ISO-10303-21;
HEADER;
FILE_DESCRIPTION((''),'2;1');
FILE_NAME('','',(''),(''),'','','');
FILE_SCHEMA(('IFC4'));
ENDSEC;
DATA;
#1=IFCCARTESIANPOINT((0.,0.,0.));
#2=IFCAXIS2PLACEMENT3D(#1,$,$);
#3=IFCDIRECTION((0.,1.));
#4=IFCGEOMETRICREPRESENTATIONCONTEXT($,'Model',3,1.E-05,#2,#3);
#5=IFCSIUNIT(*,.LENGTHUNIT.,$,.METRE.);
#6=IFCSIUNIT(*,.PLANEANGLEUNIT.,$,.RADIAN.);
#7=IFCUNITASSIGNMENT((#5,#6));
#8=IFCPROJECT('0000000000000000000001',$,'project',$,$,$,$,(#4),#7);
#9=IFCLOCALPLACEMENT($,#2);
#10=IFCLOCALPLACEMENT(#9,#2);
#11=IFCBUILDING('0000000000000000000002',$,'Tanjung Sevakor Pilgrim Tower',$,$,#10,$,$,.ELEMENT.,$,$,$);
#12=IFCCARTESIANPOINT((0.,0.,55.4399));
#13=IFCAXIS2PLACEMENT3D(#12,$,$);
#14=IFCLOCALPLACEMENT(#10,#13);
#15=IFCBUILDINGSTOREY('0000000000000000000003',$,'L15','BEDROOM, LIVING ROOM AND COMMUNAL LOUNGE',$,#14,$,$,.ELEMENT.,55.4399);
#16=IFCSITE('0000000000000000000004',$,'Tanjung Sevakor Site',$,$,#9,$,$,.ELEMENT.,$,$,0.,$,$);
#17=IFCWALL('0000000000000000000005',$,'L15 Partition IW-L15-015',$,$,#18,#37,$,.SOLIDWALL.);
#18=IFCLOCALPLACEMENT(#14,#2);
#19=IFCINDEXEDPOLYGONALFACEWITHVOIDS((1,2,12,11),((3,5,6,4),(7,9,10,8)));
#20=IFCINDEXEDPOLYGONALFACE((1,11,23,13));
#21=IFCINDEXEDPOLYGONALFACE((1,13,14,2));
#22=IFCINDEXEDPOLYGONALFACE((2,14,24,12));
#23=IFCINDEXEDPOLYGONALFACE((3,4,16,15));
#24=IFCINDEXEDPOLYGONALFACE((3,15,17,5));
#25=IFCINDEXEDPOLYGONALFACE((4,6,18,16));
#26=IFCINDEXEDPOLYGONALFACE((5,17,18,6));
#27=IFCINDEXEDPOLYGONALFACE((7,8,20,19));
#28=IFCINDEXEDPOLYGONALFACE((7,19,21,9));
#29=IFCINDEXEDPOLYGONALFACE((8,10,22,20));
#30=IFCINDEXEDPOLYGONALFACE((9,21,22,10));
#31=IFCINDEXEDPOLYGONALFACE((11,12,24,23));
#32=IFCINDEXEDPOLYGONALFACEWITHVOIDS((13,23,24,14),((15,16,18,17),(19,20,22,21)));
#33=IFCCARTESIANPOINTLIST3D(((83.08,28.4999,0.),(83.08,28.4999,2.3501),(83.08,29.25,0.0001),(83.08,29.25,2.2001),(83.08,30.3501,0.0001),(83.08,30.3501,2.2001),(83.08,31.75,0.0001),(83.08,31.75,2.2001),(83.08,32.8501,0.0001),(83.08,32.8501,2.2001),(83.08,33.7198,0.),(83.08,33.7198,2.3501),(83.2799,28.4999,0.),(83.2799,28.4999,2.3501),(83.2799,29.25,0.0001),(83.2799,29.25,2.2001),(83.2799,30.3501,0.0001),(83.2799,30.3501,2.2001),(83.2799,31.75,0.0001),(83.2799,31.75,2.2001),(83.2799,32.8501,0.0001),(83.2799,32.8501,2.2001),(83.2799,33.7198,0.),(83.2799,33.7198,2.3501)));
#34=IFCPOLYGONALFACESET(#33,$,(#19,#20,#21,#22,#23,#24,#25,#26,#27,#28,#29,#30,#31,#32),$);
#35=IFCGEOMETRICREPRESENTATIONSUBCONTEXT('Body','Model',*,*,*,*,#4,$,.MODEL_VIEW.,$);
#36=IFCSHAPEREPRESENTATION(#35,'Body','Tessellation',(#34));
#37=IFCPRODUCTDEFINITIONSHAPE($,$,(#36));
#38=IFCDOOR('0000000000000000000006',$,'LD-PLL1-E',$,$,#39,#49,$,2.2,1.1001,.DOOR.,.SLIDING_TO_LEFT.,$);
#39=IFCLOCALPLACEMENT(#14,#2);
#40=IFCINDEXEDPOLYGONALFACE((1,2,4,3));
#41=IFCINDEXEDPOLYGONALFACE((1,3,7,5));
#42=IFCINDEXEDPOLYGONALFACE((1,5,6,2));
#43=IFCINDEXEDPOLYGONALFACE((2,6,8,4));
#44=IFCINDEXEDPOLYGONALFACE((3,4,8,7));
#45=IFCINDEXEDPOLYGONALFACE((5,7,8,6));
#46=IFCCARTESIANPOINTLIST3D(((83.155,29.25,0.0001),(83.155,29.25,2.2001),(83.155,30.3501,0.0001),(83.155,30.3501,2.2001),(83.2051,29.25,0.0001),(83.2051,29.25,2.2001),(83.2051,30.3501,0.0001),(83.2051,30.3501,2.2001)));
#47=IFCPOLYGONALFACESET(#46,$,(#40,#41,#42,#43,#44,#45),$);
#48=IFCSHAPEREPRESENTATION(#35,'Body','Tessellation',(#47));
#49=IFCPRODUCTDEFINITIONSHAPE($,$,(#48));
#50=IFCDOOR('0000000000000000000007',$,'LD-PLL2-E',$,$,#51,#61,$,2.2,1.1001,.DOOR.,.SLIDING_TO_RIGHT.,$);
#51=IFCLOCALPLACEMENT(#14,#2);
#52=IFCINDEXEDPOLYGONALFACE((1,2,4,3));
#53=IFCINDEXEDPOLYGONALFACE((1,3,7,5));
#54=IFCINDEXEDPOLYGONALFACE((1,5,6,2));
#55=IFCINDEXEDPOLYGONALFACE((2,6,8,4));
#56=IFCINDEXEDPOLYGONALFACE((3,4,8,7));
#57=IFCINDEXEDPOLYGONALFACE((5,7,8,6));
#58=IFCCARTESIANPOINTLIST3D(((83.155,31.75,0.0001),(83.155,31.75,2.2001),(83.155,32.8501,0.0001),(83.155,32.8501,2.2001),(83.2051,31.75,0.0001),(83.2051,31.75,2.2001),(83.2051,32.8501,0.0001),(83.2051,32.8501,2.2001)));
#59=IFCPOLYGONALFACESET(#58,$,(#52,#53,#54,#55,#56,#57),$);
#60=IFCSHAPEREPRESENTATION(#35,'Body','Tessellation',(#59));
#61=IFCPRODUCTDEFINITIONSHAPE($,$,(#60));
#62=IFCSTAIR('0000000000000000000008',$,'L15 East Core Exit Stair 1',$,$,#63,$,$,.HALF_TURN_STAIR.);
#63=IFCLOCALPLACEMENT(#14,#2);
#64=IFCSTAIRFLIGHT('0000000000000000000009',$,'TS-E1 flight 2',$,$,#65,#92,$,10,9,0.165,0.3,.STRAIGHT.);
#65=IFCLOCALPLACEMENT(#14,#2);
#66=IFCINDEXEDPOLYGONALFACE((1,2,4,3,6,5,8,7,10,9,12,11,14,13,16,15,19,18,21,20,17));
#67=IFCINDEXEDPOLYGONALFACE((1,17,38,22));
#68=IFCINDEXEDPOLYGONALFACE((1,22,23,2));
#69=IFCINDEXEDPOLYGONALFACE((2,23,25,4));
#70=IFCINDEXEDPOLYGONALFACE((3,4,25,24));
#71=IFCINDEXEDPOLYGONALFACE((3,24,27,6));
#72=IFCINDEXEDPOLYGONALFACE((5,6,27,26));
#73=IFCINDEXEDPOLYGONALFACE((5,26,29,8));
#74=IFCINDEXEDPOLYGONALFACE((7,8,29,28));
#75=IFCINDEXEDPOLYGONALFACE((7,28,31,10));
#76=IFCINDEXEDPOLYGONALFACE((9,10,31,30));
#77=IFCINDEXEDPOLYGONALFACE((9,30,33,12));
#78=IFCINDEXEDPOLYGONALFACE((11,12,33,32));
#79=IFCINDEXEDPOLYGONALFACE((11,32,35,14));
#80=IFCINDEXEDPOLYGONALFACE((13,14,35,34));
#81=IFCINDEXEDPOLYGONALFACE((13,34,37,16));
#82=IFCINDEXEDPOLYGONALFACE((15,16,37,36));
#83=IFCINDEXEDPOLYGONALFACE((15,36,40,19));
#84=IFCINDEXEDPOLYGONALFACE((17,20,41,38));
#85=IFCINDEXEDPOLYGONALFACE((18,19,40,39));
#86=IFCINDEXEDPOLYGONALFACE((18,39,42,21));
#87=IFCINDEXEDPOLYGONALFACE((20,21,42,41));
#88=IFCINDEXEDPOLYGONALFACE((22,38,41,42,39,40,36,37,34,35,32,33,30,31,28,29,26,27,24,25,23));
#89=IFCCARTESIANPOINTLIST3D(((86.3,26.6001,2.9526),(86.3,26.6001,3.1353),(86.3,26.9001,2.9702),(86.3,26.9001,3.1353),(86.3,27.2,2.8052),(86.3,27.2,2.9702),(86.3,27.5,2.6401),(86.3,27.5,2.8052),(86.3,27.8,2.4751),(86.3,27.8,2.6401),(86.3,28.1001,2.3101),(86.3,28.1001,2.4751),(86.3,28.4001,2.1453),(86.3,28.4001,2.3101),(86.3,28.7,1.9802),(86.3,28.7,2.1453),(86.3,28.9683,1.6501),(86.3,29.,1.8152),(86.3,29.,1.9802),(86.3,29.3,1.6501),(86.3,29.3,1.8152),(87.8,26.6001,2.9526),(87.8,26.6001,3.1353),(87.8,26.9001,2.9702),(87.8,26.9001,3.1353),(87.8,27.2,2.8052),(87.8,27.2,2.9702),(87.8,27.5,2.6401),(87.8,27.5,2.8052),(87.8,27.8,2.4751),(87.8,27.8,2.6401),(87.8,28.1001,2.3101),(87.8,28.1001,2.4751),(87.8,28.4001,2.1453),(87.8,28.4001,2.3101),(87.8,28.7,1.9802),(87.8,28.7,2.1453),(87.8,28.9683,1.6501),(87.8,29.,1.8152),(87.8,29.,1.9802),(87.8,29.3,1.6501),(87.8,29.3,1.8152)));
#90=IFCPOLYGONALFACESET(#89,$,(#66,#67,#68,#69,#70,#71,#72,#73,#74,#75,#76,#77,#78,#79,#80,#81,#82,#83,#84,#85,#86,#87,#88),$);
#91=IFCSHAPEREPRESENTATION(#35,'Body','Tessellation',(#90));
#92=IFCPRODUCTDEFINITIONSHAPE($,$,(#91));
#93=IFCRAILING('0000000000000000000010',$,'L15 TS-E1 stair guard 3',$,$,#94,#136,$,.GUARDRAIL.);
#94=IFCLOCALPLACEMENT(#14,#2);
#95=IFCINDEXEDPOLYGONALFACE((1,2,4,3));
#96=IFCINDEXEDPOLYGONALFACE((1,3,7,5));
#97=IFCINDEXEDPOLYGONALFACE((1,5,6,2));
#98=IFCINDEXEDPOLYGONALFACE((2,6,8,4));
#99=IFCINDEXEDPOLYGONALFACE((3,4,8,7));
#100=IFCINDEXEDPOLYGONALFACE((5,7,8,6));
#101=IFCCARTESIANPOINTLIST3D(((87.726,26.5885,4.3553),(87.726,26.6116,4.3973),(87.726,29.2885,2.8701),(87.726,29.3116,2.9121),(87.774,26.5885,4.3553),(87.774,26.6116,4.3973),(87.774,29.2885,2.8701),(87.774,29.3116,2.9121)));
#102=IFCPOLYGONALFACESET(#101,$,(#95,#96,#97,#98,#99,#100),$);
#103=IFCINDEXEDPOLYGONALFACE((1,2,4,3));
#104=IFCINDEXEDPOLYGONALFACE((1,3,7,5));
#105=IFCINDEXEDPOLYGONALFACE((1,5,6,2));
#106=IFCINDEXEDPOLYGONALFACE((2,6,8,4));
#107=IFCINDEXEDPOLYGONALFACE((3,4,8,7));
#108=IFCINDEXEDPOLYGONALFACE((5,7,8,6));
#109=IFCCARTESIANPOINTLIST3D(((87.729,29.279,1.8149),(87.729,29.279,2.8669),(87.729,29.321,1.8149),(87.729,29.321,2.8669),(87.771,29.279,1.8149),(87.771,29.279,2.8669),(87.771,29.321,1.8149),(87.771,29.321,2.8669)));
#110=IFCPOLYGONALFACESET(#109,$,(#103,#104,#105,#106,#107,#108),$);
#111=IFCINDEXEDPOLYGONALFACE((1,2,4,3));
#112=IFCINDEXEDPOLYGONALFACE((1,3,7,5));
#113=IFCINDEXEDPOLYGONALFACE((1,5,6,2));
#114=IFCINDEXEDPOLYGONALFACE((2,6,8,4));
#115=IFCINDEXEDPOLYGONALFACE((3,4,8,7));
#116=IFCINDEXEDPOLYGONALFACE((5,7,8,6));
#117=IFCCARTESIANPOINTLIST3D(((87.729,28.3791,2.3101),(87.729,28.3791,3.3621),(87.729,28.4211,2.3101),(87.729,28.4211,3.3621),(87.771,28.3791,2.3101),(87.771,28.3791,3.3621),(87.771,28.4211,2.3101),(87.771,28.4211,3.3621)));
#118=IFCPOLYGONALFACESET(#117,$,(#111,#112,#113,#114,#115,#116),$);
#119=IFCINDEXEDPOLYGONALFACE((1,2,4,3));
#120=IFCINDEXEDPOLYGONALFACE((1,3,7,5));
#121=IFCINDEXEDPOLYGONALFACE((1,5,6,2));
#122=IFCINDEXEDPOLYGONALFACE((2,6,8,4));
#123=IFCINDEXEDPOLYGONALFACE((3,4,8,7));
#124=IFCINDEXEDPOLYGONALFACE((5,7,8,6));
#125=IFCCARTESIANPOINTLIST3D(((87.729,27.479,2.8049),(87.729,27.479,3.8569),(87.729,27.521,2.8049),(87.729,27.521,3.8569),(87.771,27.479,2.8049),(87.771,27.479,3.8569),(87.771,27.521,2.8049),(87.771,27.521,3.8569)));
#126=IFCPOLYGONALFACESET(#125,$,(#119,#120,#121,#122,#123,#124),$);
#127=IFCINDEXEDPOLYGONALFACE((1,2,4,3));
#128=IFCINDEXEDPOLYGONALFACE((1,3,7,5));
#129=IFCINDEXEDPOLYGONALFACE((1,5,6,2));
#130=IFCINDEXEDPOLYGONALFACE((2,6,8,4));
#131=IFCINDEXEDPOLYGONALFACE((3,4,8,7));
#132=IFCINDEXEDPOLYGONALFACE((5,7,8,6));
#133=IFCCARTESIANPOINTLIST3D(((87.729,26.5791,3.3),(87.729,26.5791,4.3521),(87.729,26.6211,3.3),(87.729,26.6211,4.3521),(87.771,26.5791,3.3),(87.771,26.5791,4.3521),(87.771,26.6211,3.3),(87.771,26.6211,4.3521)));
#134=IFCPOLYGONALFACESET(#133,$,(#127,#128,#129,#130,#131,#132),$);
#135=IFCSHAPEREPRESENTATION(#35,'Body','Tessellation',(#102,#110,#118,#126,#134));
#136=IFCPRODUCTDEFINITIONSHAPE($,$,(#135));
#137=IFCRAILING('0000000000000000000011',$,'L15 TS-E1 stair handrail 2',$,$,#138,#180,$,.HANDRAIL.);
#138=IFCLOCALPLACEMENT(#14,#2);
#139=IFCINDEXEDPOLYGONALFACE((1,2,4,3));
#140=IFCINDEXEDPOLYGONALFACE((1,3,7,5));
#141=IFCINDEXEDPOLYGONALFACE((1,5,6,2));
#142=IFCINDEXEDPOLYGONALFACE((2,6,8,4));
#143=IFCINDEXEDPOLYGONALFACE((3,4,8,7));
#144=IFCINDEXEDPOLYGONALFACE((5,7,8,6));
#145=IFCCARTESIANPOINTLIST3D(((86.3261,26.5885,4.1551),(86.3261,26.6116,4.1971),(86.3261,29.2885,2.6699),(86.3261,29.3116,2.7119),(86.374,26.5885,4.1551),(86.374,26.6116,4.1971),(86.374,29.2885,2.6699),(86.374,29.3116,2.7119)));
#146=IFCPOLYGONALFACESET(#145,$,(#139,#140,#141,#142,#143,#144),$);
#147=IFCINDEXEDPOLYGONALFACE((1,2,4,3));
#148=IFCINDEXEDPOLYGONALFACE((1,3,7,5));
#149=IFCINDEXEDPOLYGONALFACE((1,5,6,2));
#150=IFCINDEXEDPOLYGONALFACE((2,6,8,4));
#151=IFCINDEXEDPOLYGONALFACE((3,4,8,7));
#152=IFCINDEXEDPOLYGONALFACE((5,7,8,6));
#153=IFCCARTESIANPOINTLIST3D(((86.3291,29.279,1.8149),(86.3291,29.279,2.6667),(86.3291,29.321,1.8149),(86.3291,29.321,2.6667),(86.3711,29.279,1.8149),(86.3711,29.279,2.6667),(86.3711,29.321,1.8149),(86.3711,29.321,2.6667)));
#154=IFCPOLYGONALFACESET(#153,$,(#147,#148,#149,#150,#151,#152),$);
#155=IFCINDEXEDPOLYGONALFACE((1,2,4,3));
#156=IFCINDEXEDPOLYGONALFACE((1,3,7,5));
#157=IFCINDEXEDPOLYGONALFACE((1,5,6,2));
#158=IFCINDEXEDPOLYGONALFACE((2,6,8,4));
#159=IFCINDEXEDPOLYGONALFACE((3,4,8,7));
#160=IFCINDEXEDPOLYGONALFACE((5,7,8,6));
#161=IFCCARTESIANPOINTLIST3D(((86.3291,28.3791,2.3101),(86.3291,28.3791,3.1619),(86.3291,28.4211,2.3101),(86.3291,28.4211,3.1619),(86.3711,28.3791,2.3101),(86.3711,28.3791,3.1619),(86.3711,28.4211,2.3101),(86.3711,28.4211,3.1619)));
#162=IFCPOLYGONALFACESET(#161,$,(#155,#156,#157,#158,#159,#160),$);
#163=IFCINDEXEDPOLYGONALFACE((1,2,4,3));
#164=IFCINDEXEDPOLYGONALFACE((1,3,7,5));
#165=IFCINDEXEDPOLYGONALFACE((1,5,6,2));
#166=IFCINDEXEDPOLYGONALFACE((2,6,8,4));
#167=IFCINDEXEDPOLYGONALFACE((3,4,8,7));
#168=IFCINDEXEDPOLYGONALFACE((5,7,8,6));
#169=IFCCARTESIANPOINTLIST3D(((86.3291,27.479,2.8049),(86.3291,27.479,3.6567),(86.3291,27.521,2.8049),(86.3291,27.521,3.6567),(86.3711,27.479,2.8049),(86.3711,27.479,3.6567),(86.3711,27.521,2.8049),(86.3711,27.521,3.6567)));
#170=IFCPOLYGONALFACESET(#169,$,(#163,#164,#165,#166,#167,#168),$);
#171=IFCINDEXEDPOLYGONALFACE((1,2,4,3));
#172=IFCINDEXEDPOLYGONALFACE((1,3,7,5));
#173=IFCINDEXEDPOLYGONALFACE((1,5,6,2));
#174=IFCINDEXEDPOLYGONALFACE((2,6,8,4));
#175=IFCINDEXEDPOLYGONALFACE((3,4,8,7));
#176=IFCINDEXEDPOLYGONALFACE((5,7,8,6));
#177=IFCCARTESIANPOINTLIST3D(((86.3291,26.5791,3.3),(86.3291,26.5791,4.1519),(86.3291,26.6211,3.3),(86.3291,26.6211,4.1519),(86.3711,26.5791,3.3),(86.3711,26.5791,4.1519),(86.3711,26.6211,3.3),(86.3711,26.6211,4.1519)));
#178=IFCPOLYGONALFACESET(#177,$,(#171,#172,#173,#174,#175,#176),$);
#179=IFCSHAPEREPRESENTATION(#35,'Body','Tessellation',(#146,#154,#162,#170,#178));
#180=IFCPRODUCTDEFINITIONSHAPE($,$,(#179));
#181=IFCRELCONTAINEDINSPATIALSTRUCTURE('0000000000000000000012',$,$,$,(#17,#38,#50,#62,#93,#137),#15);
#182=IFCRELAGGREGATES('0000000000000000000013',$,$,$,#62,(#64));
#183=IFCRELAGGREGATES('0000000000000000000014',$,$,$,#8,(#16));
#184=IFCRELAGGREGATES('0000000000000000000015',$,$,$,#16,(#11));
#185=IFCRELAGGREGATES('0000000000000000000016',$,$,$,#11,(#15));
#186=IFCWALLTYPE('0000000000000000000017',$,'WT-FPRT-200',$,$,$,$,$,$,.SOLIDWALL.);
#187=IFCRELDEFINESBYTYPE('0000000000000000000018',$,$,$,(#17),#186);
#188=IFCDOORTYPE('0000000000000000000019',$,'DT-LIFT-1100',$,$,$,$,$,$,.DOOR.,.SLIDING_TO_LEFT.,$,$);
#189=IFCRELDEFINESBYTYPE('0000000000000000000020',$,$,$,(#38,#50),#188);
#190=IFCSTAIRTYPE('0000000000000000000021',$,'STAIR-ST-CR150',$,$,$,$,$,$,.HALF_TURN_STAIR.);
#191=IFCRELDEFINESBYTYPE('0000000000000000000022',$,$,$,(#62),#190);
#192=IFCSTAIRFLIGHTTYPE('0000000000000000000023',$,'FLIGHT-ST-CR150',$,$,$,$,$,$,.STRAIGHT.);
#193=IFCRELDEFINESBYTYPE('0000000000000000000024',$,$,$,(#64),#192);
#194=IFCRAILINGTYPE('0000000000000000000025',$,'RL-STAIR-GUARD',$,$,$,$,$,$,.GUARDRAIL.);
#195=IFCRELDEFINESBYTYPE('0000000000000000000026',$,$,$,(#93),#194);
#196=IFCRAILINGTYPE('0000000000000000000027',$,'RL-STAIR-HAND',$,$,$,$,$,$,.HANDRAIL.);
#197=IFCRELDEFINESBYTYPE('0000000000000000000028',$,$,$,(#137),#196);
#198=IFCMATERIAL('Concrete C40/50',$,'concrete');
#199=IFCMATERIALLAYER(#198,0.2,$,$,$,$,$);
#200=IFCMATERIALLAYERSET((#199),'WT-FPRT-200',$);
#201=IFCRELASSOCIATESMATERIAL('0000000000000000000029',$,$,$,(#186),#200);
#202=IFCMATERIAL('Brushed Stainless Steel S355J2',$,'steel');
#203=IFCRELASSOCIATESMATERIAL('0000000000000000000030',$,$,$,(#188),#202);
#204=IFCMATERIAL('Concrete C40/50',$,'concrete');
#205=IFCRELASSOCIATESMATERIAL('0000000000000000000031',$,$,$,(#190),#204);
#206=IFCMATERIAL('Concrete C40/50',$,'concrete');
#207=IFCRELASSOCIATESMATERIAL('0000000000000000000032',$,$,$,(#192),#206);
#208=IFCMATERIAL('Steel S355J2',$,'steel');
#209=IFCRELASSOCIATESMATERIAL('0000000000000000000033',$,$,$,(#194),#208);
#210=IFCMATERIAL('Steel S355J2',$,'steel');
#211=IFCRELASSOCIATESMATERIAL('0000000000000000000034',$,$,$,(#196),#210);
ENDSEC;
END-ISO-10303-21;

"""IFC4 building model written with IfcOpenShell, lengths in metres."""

from ifc_helpers import new_model, si_unit, direction, frame, frame_2d, origin, place, context, subcontext, project, spatial, polyline, rectangle, outline, extrude, material, layer, layer_set, type_object, element, fill, aggregate, save


model = new_model("IFC4")

# Units and contexts
model_context = context("Model", 3, precision=1e-05, world=origin(), true_north=direction((0.0, 1.0)))
body_context = subcontext(model_context, "Body", "Model", "MODEL_VIEW")
ifc_project = project(units=[si_unit("LENGTHUNIT", "METRE"), si_unit("PLANEANGLEUNIT", "RADIAN")], contexts=[model_context])

# Site, building, storey
site_placement = place(None, origin())
site = spatial("IfcSite", under=ifc_project, at=site_placement, Name="Tanjung Sevakor Site", CompositionType="ELEMENT", RefElevation=0.0)
building_placement = place(site_placement, origin())
building = spatial("IfcBuilding", under=site, at=building_placement, Name="Tanjung Sevakor Pilgrim Tower", CompositionType="ELEMENT")
storey_placement = place(building_placement, frame((0.0, 0.0, 55.4399)))
storey = spatial("IfcBuildingStorey", under=building, at=storey_placement, Name="L15", Description="BEDROOM, LIVING ROOM AND COMMUNAL LOUNGE", CompositionType="ELEMENT", Elevation=55.4399)

# Shared definitions
ifc_material_1 = material(Name="Concrete C40/50", Category="concrete")
ifc_layer_1 = layer(ifc_material_1, 0.2)
ifc_layer_set_1 = layer_set([ifc_layer_1], Name="WT-FPRT-200")
wall_type_1 = type_object("IfcWallType", Name="WT-FPRT-200", PredefinedType="SOLIDWALL", material=ifc_layer_set_1)
ifc_material_2 = material(Name="Brushed Stainless Steel S355J2", Category="steel")
door_type_1 = type_object("IfcDoorType", Name="DT-LIFT-1100", OperationType="SLIDING_TO_LEFT", PredefinedType="DOOR", material=ifc_material_2)

# Wall, openings, doors
wall_1_placement = place(storey_placement, frame((83.1799, 28.5, 0.0), z_axis=(0.0, 0.0, 1.0), x_axis=(0.0, 1.0, 0.0)))
wall_1 = element("IfcWall", 1, at=wall_1_placement, inside=storey, type_object=wall_type_1, Name="L15 Partition IW-L15-015", PredefinedType="SOLIDWALL", context=body_context, shape_type="SweptSolid", body=[
    extrude(rectangle(XDim=5.22, YDim=0.2, at=frame_2d((2.6099, 0.0))), origin(), (0.0, 0.0, 1.0), 2.3501),
])
opening_1_placement = place(wall_1_placement, frame((0.75, 0.0, 0.0)))
opening_1 = element("IfcOpeningElement", 2, at=opening_1_placement, cuts=wall_1, PredefinedType="OPENING", context=body_context, shape_type="SweptSolid", body=[
    extrude(rectangle(XDim=1.1001, YDim=2.2, at=frame_2d((0.55, 1.1001))), frame((0.0, 0.1099, 0.0), z_axis=(0.0, -1.0, 0.0), x_axis=(1.0, 0.0, 0.0)), (0.0, 0.0, 1.0), 0.22),
])
opening_2_placement = place(wall_1_placement, frame((3.25, 0.0, 0.0)))
opening_2 = element("IfcOpeningElement", 3, at=opening_2_placement, cuts=wall_1, PredefinedType="OPENING", context=body_context, shape_type="SweptSolid", body=[
    extrude(rectangle(XDim=1.1001, YDim=2.2, at=frame_2d((0.55, 1.1001))), frame((0.0, 0.1099, 0.0), z_axis=(0.0, -1.0, 0.0), x_axis=(1.0, 0.0, 0.0)), (0.0, 0.0, 1.0), 0.22),
])
door_1_placement = place(opening_1_placement, origin())
door_1 = element("IfcDoor", 4, at=door_1_placement, inside=storey, type_object=door_type_1, Name="LD-PLL1-E", OperationType="SLIDING_TO_LEFT", OverallHeight=2.2, OverallWidth=1.1001, PredefinedType="DOOR", context=body_context, shape_type="SweptSolid", body=[
    extrude(rectangle(XDim=1.1001, YDim=2.2, at=frame_2d((0.55, 1.1001))), frame((0.0, 0.0249, 0.0), z_axis=(0.0, -1.0, 0.0), x_axis=(1.0, 0.0, 0.0)), (0.0, 0.0, 1.0), 0.05),
])
fill(opening_1, door_1)
door_2_placement = place(opening_2_placement, origin())
door_2 = element("IfcDoor", 5, at=door_2_placement, inside=storey, type_object=door_type_1, Name="LD-PLL2-E", OperationType="SLIDING_TO_RIGHT", OverallHeight=2.2, OverallWidth=1.1001, PredefinedType="DOOR", context=body_context, shape_type="SweptSolid", body=[
    extrude(rectangle(XDim=1.1001, YDim=2.2, at=frame_2d((0.55, 1.1001))), frame((0.0, 0.0249, 0.0), z_axis=(0.0, -1.0, 0.0), x_axis=(1.0, 0.0, 0.0)), (0.0, 0.0, 1.0), 0.05),
])
fill(opening_2, door_2)

# Stair, stair flight
ifc_material_3 = material(Name="Concrete C40/50", Category="concrete")
stair_type = type_object("IfcStairType", Name="STAIR-ST-CR150", PredefinedType="HALF_TURN_STAIR", material=ifc_material_3)
stair_placement = place(storey_placement, origin())
stair = element("IfcStair", 6, at=stair_placement, inside=storey, type_object=stair_type, Name="L15 East Core Exit Stair 1", PredefinedType="HALF_TURN_STAIR")
ifc_material_4 = material(Name="Concrete C40/50", Category="concrete")
stair_flight_type = type_object("IfcStairFlightType", Name="FLIGHT-ST-CR150", PredefinedType="STRAIGHT", material=ifc_material_4)
stair_flight_placement = place(storey_placement, frame((87.05, 29.3, 1.6501), z_axis=(0.0, 0.0, 1.0), x_axis=(0.0, -1.0, 0.0)))
stair_flight = element("IfcStairFlight", 7, at=stair_flight_placement, type_object=stair_flight_type, Name="TS-E1 flight 2", NumberOfRisers=10, NumberOfTreads=9, PredefinedType="STRAIGHT", RiserHeight=0.165, TreadLength=0.3, context=body_context, shape_type="SweptSolid", body=[
    extrude(outline(polyline([(0.0, 0.0), (0.0, 0.165), (0.3, 0.165), (0.3, 0.3301), (0.6001, 0.3301), (0.6001, 0.4951), (0.8999, 0.4951), (0.8999, 0.6599), (1.2, 0.6599), (1.2, 0.825), (1.5, 0.825), (1.5, 0.99), (1.8, 0.99), (1.8, 1.155), (2.1001, 1.155), (2.1001, 1.3201), (2.3999, 1.3201), (2.3999, 1.4851), (2.7, 1.4851), (2.7, 1.6499), (2.7, 1.3025), (0.3318, 0.0), (0.0, 0.0)])), frame((0.0, 0.75, 0.0), z_axis=(0.0, -1.0, 0.0), x_axis=(1.0, 0.0, 0.0)), (0.0, 0.0, 1.0), 1.5),
])
aggregate(stair, [stair_flight])

# Railings
ifc_material_5 = material(Name="Steel S355J2", Category="steel")
railing_type_1 = type_object("IfcRailingType", Name="RL-STAIR-GUARD", PredefinedType="GUARDRAIL", material=ifc_material_5)
railing_1_placement = place(storey_placement, frame((87.75, 29.3, 1.8149)))
element("IfcRailing", 8, at=railing_1_placement, inside=storey, type_object=railing_type_1, Name="L15 TS-E1 stair guard 3", PredefinedType="GUARDRAIL", context=body_context, shape_type="SweptSolid", body=[
    extrude(rectangle(XDim=0.0479, YDim=0.0479), frame((0.0, 0.0, 1.0762), z_axis=(0.0, -0.876198, 0.481952), x_axis=(1.0, 0.0, 0.0)), (0.0, 0.0, 1.0), 3.0815),
    extrude(rectangle(XDim=0.042, YDim=0.042), origin(), (0.0, 0.0, 1.0), 1.052),
    extrude(rectangle(XDim=0.042, YDim=0.042), frame((0.0, -0.8999, 0.4951)), (0.0, 0.0, 1.0), 1.052),
    extrude(rectangle(XDim=0.042, YDim=0.042), frame((0.0, -1.8, 0.99)), (0.0, 0.0, 1.0), 1.052),
    extrude(rectangle(XDim=0.042, YDim=0.042), frame((0.0, -2.7, 1.4851)), (0.0, 0.0, 1.0), 1.052),
])
ifc_material_6 = material(Name="Steel S355J2", Category="steel")
railing_type_2 = type_object("IfcRailingType", Name="RL-STAIR-HAND", PredefinedType="HANDRAIL", material=ifc_material_6)
railing_2_placement = place(storey_placement, frame((86.3501, 29.3, 1.8149)))
element("IfcRailing", 9, at=railing_2_placement, inside=storey, type_object=railing_type_2, Name="L15 TS-E1 stair handrail 2", PredefinedType="HANDRAIL", context=body_context, shape_type="SweptSolid", body=[
    extrude(rectangle(XDim=0.0479, YDim=0.0479), frame((0.0, 0.0, 0.876), z_axis=(0.0, -0.876198, 0.481952), x_axis=(1.0, 0.0, 0.0)), (0.0, 0.0, 1.0), 3.0815),
    extrude(rectangle(XDim=0.042, YDim=0.042), origin(), (0.0, 0.0, 1.0), 0.8518),
    extrude(rectangle(XDim=0.042, YDim=0.042), frame((0.0, -0.8999, 0.4951)), (0.0, 0.0, 1.0), 0.8518),
    extrude(rectangle(XDim=0.042, YDim=0.042), frame((0.0, -1.8, 0.99)), (0.0, 0.0, 1.0), 0.8518),
    extrude(rectangle(XDim=0.042, YDim=0.042), frame((0.0, -2.7, 1.4851)), (0.0, 0.0, 1.0), 0.8518),
])

save(model, "model.ifc")
